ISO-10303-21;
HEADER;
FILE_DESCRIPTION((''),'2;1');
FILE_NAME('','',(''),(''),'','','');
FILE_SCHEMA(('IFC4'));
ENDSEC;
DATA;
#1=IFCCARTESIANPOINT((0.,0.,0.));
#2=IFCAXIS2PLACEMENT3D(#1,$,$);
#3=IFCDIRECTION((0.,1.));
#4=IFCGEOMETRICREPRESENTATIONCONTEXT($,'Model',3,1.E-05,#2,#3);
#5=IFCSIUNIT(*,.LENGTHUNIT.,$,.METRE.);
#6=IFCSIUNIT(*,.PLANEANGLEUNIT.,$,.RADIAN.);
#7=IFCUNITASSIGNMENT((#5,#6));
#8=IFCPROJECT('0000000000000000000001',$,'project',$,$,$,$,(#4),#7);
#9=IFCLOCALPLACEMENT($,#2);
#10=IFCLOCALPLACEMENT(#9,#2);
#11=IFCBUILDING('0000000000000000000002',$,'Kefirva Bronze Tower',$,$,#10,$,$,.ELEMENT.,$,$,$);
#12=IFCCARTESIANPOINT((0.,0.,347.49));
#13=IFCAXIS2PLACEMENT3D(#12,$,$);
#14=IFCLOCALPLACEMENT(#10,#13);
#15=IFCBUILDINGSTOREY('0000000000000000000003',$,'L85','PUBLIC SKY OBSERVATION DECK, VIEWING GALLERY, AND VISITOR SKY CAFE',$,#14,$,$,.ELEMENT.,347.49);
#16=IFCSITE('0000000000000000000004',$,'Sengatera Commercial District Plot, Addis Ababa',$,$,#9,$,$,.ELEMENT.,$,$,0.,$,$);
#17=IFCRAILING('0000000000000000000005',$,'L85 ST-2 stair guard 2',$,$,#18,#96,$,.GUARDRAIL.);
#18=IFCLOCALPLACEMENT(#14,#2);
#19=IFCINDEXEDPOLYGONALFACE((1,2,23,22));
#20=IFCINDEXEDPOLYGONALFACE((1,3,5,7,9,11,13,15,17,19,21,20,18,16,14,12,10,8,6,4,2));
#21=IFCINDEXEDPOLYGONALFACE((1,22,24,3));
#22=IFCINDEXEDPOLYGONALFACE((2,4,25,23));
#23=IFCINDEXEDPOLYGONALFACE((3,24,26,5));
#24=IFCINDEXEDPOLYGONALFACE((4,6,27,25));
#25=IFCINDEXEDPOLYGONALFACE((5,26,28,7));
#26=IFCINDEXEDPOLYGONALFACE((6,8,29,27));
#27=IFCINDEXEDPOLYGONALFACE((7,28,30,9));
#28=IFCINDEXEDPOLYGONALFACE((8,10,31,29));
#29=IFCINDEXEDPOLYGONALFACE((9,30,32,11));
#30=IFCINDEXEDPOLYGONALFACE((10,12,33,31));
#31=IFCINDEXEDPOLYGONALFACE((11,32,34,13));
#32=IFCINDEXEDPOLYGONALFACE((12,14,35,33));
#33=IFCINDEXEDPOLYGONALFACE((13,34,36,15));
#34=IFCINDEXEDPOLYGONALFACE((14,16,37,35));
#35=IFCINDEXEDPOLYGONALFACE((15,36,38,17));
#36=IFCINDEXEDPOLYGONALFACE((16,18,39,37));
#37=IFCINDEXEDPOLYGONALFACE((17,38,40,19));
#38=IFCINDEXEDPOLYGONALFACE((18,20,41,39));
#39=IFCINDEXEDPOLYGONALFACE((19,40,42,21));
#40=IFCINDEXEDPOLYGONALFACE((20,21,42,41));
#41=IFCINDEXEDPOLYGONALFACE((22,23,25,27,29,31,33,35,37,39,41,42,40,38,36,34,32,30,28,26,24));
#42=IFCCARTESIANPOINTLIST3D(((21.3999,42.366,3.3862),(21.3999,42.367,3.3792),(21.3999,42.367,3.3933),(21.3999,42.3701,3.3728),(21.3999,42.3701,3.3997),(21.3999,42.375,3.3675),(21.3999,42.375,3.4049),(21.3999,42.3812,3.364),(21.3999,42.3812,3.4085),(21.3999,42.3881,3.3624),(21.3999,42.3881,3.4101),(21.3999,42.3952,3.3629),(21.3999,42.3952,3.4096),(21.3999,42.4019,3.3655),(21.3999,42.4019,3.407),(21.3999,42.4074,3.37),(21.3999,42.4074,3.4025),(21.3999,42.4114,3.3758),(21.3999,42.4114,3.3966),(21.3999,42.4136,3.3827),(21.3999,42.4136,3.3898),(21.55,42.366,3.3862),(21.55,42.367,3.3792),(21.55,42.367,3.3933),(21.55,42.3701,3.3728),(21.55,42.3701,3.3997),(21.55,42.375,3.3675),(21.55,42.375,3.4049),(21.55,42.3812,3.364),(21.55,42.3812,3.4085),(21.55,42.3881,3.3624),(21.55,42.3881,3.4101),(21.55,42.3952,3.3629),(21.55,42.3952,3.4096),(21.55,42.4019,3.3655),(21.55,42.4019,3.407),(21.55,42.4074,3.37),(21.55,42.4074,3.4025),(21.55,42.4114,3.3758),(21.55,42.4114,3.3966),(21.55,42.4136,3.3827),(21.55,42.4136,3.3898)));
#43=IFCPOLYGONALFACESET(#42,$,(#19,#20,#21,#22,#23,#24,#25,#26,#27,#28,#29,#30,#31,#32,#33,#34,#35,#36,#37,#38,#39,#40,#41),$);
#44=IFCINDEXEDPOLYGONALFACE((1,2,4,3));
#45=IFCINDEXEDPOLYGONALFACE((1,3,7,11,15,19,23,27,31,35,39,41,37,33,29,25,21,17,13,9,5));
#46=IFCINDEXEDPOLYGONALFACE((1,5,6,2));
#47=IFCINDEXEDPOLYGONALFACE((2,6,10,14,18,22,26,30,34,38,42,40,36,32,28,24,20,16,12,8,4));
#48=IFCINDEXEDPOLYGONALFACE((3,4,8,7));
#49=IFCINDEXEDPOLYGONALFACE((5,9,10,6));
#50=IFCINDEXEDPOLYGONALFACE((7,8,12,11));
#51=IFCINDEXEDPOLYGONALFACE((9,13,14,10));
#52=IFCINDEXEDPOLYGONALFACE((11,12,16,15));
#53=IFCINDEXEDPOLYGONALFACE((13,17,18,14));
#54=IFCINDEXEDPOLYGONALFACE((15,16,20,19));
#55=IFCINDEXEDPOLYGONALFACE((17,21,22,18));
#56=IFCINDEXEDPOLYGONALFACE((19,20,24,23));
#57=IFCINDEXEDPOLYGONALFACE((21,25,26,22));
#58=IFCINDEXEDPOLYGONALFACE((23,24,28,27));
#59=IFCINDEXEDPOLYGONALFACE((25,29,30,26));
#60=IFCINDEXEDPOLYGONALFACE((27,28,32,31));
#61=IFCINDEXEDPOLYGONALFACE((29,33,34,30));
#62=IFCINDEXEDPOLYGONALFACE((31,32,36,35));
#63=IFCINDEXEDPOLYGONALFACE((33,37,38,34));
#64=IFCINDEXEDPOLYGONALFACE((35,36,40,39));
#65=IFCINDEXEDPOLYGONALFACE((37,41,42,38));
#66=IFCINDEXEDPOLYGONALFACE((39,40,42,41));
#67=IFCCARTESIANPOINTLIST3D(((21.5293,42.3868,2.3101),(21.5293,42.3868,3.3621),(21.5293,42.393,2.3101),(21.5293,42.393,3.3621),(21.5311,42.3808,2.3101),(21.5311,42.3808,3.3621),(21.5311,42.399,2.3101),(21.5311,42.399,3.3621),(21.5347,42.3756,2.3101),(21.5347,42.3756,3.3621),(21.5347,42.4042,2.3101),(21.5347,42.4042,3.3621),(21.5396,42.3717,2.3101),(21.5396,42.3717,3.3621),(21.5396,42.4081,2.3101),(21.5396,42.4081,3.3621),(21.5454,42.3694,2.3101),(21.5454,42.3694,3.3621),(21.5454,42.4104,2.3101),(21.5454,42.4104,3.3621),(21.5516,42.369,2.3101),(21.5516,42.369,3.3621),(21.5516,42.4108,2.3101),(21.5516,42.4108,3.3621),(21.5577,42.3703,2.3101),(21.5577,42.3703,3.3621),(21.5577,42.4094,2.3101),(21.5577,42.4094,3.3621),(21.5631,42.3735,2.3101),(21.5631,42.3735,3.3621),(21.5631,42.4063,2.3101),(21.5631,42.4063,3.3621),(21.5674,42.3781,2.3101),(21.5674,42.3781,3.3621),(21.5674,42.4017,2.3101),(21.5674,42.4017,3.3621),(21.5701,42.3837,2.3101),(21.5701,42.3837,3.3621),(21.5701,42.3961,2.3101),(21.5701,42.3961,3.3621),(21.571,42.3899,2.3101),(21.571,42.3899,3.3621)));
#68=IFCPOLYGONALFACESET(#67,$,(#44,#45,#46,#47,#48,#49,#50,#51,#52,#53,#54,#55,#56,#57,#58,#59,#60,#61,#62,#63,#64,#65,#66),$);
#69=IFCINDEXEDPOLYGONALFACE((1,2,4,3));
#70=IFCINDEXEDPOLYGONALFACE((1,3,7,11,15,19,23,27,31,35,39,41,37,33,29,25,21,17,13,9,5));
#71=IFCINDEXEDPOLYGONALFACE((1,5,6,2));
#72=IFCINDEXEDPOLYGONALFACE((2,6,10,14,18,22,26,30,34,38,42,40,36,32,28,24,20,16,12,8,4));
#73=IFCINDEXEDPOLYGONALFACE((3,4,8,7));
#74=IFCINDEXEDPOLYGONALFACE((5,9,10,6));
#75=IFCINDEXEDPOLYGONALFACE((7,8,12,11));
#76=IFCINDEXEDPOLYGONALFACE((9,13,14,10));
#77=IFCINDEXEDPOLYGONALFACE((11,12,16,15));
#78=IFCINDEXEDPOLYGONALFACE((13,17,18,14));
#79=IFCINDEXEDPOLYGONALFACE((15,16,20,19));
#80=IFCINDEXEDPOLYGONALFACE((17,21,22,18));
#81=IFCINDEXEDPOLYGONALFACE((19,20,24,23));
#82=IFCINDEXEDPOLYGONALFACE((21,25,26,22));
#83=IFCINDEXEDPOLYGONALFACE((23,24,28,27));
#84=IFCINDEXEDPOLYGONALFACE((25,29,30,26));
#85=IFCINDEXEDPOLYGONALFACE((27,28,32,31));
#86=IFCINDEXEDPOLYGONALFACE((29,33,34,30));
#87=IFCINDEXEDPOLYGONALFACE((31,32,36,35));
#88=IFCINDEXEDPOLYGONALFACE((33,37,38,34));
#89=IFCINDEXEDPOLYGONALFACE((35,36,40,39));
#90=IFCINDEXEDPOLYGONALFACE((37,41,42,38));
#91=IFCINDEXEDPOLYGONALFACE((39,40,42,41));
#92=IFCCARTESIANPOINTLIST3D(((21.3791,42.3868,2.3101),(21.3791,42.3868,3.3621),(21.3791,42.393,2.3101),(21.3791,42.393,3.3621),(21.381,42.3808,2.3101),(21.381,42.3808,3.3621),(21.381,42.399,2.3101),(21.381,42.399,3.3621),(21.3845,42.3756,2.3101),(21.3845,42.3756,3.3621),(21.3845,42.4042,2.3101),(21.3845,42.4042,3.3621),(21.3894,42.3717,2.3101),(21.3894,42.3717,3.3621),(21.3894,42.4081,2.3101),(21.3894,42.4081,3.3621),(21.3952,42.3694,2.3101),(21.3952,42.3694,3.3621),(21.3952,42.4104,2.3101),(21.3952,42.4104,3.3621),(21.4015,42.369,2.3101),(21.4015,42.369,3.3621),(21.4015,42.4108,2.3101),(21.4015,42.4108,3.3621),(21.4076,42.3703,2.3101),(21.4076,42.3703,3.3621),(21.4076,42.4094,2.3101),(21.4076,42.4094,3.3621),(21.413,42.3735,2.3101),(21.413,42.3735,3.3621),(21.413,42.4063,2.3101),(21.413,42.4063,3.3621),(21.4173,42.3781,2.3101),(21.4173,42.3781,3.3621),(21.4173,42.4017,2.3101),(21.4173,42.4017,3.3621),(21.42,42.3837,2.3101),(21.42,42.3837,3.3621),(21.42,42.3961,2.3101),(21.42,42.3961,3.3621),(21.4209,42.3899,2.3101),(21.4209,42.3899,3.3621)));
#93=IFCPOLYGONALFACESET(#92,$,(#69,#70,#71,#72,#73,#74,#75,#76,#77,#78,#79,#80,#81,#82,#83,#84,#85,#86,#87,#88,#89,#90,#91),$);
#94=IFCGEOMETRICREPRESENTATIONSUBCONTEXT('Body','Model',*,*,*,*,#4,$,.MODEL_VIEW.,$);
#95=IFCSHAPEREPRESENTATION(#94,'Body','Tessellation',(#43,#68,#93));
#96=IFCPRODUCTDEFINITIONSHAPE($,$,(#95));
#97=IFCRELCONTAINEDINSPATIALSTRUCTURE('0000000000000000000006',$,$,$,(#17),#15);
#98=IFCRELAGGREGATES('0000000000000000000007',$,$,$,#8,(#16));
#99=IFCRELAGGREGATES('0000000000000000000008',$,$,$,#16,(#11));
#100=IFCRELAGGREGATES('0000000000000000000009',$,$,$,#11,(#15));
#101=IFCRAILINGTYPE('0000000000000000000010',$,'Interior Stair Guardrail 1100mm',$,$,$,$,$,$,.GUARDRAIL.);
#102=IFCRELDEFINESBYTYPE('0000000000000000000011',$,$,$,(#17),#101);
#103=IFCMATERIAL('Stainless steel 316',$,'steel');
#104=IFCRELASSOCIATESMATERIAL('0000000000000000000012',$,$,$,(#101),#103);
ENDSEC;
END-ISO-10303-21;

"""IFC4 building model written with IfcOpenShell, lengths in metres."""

from ifc_helpers import new_model, si_unit, direction, frame, origin, origin_2d, place, context, subcontext, project, spatial, circle, extrude, material, type_object, element, save


model = new_model("IFC4")

# Units and contexts
model_context = context("Model", 3, precision=1e-05, world=origin(), true_north=direction((0.0, 1.0)))
body_context = subcontext(model_context, "Body", "Model", "MODEL_VIEW")
ifc_project = project(units=[si_unit("LENGTHUNIT", "METRE"), si_unit("PLANEANGLEUNIT", "RADIAN")], contexts=[model_context])

# Site, building, storey
site_placement = place(None, origin())
site = spatial("IfcSite", under=ifc_project, at=site_placement, Name="Sengatera Commercial District Plot, Addis Ababa", CompositionType="ELEMENT", RefElevation=0.0)
building_placement = place(site_placement, origin())
building = spatial("IfcBuilding", under=site, at=building_placement, Name="Kefirva Bronze Tower", CompositionType="ELEMENT")
storey_placement = place(building_placement, frame((0.0, 0.0, 347.49)))
storey = spatial("IfcBuildingStorey", under=building, at=storey_placement, Name="L85", Description="PUBLIC SKY OBSERVATION DECK, VIEWING GALLERY, AND VISITOR SKY CAFE", CompositionType="ELEMENT", Elevation=347.49)

# Railing
ifc_material_1 = material(Name="Stainless steel 316", Category="steel")
railing_type_1 = type_object("IfcRailingType", Name="Interior Stair Guardrail 1100mm", PredefinedType="GUARDRAIL", material=ifc_material_1)
railing_1_placement = place(storey_placement, frame((21.55, 42.3899, 2.3101)))
element("IfcRailing", 1, at=railing_1_placement, inside=storey, type_object=railing_type_1, Name="L85 ST-2 stair guard 2", PredefinedType="GUARDRAIL", context=body_context, shape_type="SweptSolid", body=[
    extrude(circle(Radius=0.0239, at=origin_2d()), frame((0.0, 0.0, 1.0762), z_axis=(-1.0, 0.0, 0.0), x_axis=(0.0, -1.0, 0.0)), (0.0, 0.0, 1.0), 0.1501),
    extrude(circle(Radius=0.021, at=origin_2d()), origin(), (0.0, 0.0, 1.0), 1.052),
    extrude(circle(Radius=0.021, at=origin_2d()), frame((-0.1501, 0.0, 0.0)), (0.0, 0.0, 1.0), 1.052),
])

save(model, "model.ifc")
